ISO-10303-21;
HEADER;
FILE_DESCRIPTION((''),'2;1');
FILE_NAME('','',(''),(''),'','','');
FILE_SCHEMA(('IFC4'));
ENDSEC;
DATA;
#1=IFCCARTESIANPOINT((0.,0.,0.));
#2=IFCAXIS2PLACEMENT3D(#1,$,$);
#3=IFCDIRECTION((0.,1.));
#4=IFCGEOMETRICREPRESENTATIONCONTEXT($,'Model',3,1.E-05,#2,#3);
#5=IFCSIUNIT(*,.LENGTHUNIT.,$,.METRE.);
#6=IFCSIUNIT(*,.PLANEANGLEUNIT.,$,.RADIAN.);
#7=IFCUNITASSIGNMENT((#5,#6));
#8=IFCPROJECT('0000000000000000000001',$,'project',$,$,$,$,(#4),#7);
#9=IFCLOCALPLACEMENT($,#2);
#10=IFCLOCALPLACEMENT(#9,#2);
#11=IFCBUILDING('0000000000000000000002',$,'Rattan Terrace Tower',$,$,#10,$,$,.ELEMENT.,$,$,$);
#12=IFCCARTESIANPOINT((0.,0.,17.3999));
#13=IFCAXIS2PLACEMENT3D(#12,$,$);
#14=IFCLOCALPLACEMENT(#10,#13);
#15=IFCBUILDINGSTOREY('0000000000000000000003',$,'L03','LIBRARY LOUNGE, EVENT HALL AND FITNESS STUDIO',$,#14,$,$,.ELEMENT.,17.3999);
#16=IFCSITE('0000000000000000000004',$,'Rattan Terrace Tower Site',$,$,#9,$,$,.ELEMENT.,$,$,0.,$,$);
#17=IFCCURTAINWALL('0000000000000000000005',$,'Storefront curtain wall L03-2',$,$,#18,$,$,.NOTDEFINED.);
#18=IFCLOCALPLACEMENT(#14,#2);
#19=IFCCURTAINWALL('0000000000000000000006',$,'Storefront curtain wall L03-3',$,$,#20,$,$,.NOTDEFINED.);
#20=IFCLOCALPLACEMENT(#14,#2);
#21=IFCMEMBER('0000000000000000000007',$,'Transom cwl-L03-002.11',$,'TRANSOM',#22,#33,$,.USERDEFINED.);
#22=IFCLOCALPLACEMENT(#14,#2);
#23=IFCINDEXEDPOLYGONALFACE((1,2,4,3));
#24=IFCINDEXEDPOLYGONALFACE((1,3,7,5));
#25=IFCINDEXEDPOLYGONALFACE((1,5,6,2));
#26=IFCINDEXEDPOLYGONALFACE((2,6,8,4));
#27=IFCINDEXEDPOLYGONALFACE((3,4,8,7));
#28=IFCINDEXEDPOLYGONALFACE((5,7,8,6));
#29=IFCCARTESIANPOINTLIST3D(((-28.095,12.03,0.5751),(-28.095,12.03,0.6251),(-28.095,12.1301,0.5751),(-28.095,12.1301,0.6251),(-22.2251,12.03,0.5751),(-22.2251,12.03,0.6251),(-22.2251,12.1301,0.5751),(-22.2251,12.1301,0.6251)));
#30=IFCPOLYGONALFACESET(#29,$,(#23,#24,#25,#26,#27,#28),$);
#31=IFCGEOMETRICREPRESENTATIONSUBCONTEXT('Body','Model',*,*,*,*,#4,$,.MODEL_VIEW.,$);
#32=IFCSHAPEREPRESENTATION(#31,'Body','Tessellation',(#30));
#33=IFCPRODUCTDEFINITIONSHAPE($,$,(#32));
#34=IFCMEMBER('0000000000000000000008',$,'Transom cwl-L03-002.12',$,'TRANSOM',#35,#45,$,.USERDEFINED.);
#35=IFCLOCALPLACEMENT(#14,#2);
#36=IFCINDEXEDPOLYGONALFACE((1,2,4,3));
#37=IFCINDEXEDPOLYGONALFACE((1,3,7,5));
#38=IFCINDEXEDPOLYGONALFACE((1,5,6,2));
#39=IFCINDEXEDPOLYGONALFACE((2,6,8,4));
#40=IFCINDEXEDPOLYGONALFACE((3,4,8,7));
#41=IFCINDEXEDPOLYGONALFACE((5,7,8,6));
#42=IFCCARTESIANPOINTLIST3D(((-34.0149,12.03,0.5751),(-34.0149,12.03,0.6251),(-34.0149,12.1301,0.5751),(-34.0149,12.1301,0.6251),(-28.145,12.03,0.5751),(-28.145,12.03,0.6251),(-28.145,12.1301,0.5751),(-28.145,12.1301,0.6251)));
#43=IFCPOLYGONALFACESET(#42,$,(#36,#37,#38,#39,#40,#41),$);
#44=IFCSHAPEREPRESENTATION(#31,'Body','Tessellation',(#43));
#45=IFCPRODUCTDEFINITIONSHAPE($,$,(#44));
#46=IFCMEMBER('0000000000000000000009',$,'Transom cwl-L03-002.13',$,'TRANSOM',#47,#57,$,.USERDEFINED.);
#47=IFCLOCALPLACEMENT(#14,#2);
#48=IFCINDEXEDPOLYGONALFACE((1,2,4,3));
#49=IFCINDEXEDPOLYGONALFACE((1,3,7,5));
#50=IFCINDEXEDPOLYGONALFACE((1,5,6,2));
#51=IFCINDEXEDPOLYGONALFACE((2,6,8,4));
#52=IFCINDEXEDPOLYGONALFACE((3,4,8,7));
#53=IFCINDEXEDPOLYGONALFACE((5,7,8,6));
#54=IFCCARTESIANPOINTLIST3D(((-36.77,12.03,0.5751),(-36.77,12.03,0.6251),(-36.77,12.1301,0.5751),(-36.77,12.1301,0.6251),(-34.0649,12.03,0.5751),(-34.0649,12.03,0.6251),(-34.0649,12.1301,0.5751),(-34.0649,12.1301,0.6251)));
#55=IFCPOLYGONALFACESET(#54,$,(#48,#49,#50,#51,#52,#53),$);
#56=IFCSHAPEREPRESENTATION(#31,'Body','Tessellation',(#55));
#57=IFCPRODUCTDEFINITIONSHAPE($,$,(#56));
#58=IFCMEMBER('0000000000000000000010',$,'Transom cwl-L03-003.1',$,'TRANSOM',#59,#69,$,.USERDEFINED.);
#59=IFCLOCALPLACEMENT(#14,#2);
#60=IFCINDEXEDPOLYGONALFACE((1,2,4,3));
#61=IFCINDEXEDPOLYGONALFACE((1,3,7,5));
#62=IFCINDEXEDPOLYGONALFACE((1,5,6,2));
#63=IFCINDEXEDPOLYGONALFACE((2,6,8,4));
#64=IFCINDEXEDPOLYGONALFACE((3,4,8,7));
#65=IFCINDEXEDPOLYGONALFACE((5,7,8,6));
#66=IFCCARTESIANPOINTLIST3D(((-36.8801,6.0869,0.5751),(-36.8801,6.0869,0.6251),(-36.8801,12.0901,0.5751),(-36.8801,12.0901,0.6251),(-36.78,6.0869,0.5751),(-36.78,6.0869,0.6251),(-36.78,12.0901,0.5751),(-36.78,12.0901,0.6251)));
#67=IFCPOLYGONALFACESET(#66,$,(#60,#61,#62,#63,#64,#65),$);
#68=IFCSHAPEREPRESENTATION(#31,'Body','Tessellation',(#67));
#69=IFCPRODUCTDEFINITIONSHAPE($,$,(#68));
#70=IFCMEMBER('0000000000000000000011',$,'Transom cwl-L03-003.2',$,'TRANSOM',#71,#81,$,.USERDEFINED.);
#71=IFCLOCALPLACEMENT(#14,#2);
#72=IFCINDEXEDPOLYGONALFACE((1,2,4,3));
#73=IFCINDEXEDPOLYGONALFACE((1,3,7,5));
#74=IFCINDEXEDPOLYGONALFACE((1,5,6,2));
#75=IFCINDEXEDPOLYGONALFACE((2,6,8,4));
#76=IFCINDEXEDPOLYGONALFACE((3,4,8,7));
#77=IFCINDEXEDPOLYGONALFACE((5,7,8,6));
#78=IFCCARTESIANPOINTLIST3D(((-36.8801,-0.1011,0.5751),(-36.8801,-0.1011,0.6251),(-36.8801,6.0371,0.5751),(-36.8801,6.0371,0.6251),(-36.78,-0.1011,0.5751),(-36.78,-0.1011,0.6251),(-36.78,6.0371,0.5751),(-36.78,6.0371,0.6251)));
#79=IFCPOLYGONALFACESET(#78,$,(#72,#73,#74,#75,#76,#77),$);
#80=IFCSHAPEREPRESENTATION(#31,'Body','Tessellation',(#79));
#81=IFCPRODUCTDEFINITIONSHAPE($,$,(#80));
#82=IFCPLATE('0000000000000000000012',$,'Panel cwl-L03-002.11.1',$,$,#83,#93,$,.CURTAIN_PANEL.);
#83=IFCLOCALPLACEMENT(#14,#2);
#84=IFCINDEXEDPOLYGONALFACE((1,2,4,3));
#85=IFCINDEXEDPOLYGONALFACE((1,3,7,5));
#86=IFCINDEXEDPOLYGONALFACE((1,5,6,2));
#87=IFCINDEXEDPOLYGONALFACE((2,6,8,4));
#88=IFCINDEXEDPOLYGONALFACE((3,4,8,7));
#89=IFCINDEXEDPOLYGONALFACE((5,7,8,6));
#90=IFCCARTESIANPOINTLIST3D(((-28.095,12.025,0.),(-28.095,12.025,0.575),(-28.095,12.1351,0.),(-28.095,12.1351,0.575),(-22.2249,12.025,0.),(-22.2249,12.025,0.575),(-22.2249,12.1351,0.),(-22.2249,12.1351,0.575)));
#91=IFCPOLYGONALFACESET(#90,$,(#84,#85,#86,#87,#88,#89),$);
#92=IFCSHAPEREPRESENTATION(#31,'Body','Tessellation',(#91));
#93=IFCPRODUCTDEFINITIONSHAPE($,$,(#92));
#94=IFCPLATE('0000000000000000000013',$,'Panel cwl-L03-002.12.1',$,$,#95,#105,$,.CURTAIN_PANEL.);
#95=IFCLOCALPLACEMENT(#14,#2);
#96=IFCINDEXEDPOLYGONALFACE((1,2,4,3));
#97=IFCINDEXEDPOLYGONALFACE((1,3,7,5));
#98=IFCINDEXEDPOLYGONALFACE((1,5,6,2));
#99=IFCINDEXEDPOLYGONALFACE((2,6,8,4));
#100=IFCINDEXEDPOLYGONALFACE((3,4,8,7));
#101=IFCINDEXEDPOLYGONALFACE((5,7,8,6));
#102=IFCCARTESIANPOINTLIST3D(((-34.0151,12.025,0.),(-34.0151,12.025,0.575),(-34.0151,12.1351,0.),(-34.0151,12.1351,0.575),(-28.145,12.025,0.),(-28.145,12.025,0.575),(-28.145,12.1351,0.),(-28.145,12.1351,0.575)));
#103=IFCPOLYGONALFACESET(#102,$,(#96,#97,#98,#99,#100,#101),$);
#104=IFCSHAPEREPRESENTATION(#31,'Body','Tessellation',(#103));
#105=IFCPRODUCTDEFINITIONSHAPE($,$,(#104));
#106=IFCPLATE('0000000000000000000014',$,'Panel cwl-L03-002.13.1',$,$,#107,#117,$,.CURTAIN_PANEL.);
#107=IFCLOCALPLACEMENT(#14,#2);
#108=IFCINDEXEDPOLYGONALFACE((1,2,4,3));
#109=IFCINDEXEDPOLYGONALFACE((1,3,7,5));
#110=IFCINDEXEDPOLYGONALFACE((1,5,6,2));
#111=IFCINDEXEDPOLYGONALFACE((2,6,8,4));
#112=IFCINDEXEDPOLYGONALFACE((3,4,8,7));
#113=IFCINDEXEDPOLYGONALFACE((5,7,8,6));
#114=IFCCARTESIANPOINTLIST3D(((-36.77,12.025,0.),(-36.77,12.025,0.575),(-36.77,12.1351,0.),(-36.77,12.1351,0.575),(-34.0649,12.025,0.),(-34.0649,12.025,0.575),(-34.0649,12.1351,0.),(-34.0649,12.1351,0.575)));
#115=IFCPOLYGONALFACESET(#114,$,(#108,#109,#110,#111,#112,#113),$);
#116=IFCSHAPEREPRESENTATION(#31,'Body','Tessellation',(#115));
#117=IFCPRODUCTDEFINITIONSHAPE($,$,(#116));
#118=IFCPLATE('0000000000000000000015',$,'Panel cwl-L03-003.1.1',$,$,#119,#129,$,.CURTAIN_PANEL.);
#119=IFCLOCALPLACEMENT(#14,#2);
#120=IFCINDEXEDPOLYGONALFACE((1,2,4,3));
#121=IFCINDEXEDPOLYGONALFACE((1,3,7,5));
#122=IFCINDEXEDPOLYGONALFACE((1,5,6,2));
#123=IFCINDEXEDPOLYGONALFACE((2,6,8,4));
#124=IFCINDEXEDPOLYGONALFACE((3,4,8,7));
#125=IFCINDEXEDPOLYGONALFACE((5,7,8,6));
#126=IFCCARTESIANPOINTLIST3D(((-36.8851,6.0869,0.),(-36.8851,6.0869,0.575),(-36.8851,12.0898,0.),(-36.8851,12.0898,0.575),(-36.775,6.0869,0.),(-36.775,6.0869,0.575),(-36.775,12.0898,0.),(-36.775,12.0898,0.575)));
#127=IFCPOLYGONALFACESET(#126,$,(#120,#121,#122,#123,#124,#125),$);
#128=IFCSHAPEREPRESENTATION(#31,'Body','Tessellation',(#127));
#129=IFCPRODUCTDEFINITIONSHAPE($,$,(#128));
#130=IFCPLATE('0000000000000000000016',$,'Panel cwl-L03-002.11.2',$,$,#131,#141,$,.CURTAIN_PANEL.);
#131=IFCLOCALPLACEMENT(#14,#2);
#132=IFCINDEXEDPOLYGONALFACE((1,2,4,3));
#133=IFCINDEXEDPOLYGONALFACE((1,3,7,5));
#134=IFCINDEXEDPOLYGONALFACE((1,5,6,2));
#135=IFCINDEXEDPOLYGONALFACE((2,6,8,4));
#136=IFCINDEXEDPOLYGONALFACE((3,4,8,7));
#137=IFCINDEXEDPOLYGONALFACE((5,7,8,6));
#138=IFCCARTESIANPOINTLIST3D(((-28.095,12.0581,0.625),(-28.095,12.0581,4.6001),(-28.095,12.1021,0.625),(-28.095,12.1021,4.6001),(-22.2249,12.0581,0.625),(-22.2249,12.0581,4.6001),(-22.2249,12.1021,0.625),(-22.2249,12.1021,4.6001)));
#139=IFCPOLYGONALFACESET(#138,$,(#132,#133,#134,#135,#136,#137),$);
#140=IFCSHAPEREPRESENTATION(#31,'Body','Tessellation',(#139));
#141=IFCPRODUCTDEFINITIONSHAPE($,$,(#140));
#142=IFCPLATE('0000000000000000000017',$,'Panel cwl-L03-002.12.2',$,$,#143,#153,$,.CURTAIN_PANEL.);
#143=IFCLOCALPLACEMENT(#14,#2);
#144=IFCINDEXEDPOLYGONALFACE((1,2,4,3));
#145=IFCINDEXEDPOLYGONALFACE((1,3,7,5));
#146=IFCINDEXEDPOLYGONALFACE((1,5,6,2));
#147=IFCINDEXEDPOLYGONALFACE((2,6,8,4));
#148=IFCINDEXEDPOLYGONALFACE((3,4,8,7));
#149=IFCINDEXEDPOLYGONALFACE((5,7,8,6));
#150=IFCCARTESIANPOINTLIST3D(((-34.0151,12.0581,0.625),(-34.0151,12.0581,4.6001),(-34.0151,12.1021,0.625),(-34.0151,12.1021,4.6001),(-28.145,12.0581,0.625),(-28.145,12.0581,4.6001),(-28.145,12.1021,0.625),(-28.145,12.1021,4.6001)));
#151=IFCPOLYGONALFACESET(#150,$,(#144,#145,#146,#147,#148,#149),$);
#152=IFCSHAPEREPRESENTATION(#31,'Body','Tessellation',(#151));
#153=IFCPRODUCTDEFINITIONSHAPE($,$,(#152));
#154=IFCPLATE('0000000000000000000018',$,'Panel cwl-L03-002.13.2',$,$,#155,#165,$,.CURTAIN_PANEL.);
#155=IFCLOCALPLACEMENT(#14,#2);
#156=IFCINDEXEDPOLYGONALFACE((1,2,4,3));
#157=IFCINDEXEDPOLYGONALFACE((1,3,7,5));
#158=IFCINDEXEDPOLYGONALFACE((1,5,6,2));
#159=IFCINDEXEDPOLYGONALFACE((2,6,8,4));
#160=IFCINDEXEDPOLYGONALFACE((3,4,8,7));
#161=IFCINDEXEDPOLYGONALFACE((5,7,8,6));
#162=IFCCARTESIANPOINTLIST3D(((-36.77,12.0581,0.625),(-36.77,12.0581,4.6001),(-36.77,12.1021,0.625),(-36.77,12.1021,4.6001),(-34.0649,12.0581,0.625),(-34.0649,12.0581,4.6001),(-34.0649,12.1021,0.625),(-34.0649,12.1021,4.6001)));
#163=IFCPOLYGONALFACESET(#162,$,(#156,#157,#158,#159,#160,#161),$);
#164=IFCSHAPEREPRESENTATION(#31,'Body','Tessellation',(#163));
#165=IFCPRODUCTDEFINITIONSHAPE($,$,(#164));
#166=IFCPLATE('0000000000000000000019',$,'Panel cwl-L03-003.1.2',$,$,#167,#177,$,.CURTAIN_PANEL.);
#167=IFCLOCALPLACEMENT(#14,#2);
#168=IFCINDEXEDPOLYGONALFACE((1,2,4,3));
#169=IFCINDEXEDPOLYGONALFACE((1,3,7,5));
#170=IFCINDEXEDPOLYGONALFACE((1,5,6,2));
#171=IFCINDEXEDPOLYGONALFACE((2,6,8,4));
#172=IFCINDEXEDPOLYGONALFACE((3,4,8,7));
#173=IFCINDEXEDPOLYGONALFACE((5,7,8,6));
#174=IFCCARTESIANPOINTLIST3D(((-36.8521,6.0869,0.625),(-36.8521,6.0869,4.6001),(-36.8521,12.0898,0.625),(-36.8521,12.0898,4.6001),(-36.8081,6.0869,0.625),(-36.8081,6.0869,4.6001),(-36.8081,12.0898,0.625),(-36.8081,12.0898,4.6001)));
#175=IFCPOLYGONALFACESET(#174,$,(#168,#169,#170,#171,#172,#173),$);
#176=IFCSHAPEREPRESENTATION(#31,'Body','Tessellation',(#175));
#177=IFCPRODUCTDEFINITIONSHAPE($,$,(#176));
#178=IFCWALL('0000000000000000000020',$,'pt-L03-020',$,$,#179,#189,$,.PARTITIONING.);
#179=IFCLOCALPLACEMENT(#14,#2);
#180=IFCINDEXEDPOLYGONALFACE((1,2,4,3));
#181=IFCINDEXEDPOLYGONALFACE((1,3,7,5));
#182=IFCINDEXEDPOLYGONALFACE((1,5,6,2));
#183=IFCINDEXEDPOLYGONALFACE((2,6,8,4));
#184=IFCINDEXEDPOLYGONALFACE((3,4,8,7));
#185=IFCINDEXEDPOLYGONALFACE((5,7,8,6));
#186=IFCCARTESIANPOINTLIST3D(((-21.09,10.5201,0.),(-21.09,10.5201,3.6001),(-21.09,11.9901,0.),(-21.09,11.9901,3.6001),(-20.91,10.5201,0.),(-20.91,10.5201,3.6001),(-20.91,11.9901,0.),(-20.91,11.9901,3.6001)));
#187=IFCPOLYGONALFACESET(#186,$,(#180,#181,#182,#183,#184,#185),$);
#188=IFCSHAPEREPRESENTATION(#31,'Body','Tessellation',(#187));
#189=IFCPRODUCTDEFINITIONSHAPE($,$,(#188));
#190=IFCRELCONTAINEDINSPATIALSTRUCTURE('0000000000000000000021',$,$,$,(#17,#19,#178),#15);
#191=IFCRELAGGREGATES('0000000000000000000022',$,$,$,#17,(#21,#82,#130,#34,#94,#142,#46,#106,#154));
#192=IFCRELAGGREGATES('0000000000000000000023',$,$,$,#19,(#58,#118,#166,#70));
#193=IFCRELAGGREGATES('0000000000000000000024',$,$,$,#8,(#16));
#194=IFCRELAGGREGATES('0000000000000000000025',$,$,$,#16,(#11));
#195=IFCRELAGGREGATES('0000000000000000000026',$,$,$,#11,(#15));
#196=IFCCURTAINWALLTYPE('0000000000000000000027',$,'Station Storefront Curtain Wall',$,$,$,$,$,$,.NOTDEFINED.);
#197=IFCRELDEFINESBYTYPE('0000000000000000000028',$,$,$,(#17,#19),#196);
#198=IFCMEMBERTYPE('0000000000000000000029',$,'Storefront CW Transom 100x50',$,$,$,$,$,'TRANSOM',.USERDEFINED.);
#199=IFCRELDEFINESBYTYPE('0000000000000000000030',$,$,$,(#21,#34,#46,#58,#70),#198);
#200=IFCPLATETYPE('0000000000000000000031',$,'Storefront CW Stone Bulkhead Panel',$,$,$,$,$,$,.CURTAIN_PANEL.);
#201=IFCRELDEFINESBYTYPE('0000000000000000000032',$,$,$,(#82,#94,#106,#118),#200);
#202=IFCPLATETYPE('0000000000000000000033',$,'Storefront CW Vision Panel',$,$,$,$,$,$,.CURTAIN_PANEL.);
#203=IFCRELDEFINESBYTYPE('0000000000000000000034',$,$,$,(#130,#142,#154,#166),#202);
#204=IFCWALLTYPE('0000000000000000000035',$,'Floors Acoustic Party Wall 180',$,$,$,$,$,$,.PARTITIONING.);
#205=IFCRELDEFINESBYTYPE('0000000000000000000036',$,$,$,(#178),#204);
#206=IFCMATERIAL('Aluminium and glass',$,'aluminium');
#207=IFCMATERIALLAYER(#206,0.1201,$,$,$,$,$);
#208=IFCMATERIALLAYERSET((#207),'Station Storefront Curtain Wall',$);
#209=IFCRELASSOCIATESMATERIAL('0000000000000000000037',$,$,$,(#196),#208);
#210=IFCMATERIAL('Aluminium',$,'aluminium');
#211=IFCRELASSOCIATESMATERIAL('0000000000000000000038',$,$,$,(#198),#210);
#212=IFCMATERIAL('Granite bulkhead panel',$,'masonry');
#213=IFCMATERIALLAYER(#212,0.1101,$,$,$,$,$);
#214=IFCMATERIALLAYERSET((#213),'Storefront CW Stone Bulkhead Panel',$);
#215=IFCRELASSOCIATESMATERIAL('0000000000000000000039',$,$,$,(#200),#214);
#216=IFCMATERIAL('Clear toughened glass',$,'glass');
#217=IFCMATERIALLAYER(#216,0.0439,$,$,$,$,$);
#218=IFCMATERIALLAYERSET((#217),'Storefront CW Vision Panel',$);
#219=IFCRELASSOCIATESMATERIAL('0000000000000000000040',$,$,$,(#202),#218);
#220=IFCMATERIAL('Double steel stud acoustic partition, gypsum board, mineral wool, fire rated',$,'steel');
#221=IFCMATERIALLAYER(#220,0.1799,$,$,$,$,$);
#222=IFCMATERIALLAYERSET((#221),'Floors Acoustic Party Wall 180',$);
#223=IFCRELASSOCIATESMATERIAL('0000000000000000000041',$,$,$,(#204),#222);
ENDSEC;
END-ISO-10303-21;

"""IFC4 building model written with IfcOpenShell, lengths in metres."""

from ifc_helpers import new_model, si_unit, direction, frame, frame_2d, origin, origin_2d, place, context, subcontext, project, spatial, rectangle, extrude, material, layer, layer_set, material_profile, profile_set, type_object, element, aggregate, save


model = new_model("IFC4")

# Units and contexts
model_context = context("Model", 3, precision=1e-05, world=origin(), true_north=direction((0.0, 1.0)))
body_context = subcontext(model_context, "Body", "Model", "MODEL_VIEW")
ifc_project = project(units=[si_unit("LENGTHUNIT", "METRE"), si_unit("PLANEANGLEUNIT", "RADIAN")], contexts=[model_context])

# Site, building, storey
site_placement = place(None, origin())
site = spatial("IfcSite", under=ifc_project, at=site_placement, Name="Rattan Terrace Tower Site", CompositionType="ELEMENT", RefElevation=0.0)
building_placement = place(site_placement, origin())
building = spatial("IfcBuilding", under=site, at=building_placement, Name="Rattan Terrace Tower", CompositionType="ELEMENT")
storey_placement = place(building_placement, frame((0.0, 0.0, 17.3999)))
storey = spatial("IfcBuildingStorey", under=building, at=storey_placement, Name="L03", Description="LIBRARY LOUNGE, EVENT HALL AND FITNESS STUDIO", CompositionType="ELEMENT", Elevation=17.3999)

# Curtain walls
ifc_material_1 = material(Name="Aluminium and glass", Category="aluminium")
ifc_layer_1 = layer(ifc_material_1, 0.1201)
ifc_layer_set_1 = layer_set([ifc_layer_1], Name="Station Storefront Curtain Wall")
curtain_wall_type = type_object("IfcCurtainWallType", Name="Station Storefront Curtain Wall", PredefinedType="NOTDEFINED", material=ifc_layer_set_1)
curtain_wall_1_placement = place(storey_placement, origin())
curtain_wall_1 = element("IfcCurtainWall", 1, at=curtain_wall_1_placement, inside=storey, type_object=curtain_wall_type, Name="Storefront curtain wall L03-2", PredefinedType="NOTDEFINED")
curtain_wall_2_placement = place(storey_placement, origin())
curtain_wall_2 = element("IfcCurtainWall", 2, at=curtain_wall_2_placement, inside=storey, type_object=curtain_wall_type, Name="Storefront curtain wall L03-3", PredefinedType="NOTDEFINED")

# Members
ifc_material_2 = material(Name="Aluminium", Category="aluminium")
ifc_material_profile_1 = material_profile(ifc_material_2, rectangle(XDim=0.1001, YDim=0.05, at=origin_2d()), Name="Aluminium 100x50")
ifc_profile_set_1 = profile_set([ifc_material_profile_1], Name="Aluminium")
member_type_1 = type_object("IfcMemberType", Name="Storefront CW Transom 100x50", ElementType="TRANSOM", PredefinedType="USERDEFINED", material=ifc_profile_set_1)
member_1_placement = place(storey_placement, frame((-22.2251, 12.0801, 0.6001), z_axis=(-1.0, 0.0, 0.0), x_axis=(0.0, -1.0, 0.0)))
member_1 = element("IfcMember", 3, at=member_1_placement, type_object=member_type_1, Name="Transom cwl-L03-002.11", ObjectType="TRANSOM", PredefinedType="USERDEFINED", context=body_context, shape_type="SweptSolid", body=[
    extrude(rectangle(XDim=0.1001, YDim=0.05, at=origin_2d()), origin(), (0.0, 0.0, 1.0), 5.8699),
])
member_2_placement = place(storey_placement, frame((-28.145, 12.0801, 0.6001), z_axis=(-1.0, 0.0, 0.0), x_axis=(0.0, -1.0, 0.0)))
member_2 = element("IfcMember", 4, at=member_2_placement, type_object=member_type_1, Name="Transom cwl-L03-002.12", ObjectType="TRANSOM", PredefinedType="USERDEFINED", context=body_context, shape_type="SweptSolid", body=[
    extrude(rectangle(XDim=0.1001, YDim=0.05, at=origin_2d()), origin(), (0.0, 0.0, 1.0), 5.8699),
])
member_3_placement = place(storey_placement, frame((-34.0649, 12.0801, 0.6001), z_axis=(-1.0, 0.0, 0.0), x_axis=(0.0, -1.0, 0.0)))
member_3 = element("IfcMember", 5, at=member_3_placement, type_object=member_type_1, Name="Transom cwl-L03-002.13", ObjectType="TRANSOM", PredefinedType="USERDEFINED", context=body_context, shape_type="SweptSolid", body=[
    extrude(rectangle(XDim=0.1001, YDim=0.05, at=origin_2d()), origin(), (0.0, 0.0, 1.0), 2.7051),
])
member_4_placement = place(storey_placement, frame((-36.8301, 12.0901, 0.6001), z_axis=(0.0, -1.0, 0.0), x_axis=(1.0, 0.0, 0.0)))
member_4 = element("IfcMember", 6, at=member_4_placement, type_object=member_type_1, Name="Transom cwl-L03-003.1", ObjectType="TRANSOM", PredefinedType="USERDEFINED", context=body_context, shape_type="SweptSolid", body=[
    extrude(rectangle(XDim=0.1001, YDim=0.05, at=origin_2d()), origin(), (0.0, 0.0, 1.0), 6.0032),
])
member_5_placement = place(storey_placement, frame((-36.8301, 6.0371, 0.6001), z_axis=(0.0, -1.0, 0.0), x_axis=(1.0, 0.0, 0.0)))
member_5 = element("IfcMember", 7, at=member_5_placement, type_object=member_type_1, Name="Transom cwl-L03-003.2", ObjectType="TRANSOM", PredefinedType="USERDEFINED", context=body_context, shape_type="SweptSolid", body=[
    extrude(rectangle(XDim=0.1001, YDim=0.05, at=origin_2d()), origin(), (0.0, 0.0, 1.0), 6.1382),
])

# Plates
ifc_material_3 = material(Name="Granite bulkhead panel", Category="masonry")
ifc_layer_2 = layer(ifc_material_3, 0.1101)
ifc_layer_set_2 = layer_set([ifc_layer_2], Name="Storefront CW Stone Bulkhead Panel")
plate_type_1 = type_object("IfcPlateType", Name="Storefront CW Stone Bulkhead Panel", PredefinedType="CURTAIN_PANEL", material=ifc_layer_set_2)
plate_1_placement = place(storey_placement, frame((-25.1599, 12.0801, 0.0), z_axis=(0.0, 0.0, 1.0), x_axis=(-1.0, 0.0, 0.0)))
plate_1 = element("IfcPlate", 8, at=plate_1_placement, type_object=plate_type_1, Name="Panel cwl-L03-002.11.1", PredefinedType="CURTAIN_PANEL", context=body_context, shape_type="SweptSolid", body=[
    extrude(rectangle(XDim=5.8701, YDim=0.1101, at=origin_2d()), origin(), (0.0, 0.0, 1.0), 0.575),
])
plate_2_placement = place(storey_placement, frame((-31.0801, 12.0801, 0.0), z_axis=(0.0, 0.0, 1.0), x_axis=(-1.0, 0.0, 0.0)))
plate_2 = element("IfcPlate", 9, at=plate_2_placement, type_object=plate_type_1, Name="Panel cwl-L03-002.12.1", PredefinedType="CURTAIN_PANEL", context=body_context, shape_type="SweptSolid", body=[
    extrude(rectangle(XDim=5.8701, YDim=0.1101, at=origin_2d()), origin(), (0.0, 0.0, 1.0), 0.575),
])
plate_3_placement = place(storey_placement, frame((-35.4175, 12.0801, 0.0), z_axis=(0.0, 0.0, 1.0), x_axis=(-1.0, 0.0, 0.0)))
plate_3 = element("IfcPlate", 10, at=plate_3_placement, type_object=plate_type_1, Name="Panel cwl-L03-002.13.1", PredefinedType="CURTAIN_PANEL", context=body_context, shape_type="SweptSolid", body=[
    extrude(rectangle(XDim=2.7051, YDim=0.1101, at=origin_2d()), origin(), (0.0, 0.0, 1.0), 0.575),
])
plate_4_placement = place(storey_placement, frame((-36.8301, 9.0884, 0.0), z_axis=(0.0, 0.0, 1.0), x_axis=(0.0, -1.0, 0.0)))
plate_4 = element("IfcPlate", 11, at=plate_4_placement, type_object=plate_type_1, Name="Panel cwl-L03-003.1.1", PredefinedType="CURTAIN_PANEL", context=body_context, shape_type="SweptSolid", body=[
    extrude(rectangle(XDim=6.0029, YDim=0.1101, at=origin_2d()), origin(), (0.0, 0.0, 1.0), 0.575),
])
ifc_material_4 = material(Name="Clear toughened glass", Category="glass")
ifc_layer_3 = layer(ifc_material_4, 0.0439)
ifc_layer_set_3 = layer_set([ifc_layer_3], Name="Storefront CW Vision Panel")
plate_type_2 = type_object("IfcPlateType", Name="Storefront CW Vision Panel", PredefinedType="CURTAIN_PANEL", material=ifc_layer_set_3)
plate_5_placement = place(storey_placement, frame((-25.1599, 12.0801, 0.625), z_axis=(0.0, 0.0, 1.0), x_axis=(-1.0, 0.0, 0.0)))
plate_5 = element("IfcPlate", 12, at=plate_5_placement, type_object=plate_type_2, Name="Panel cwl-L03-002.11.2", PredefinedType="CURTAIN_PANEL", context=body_context, shape_type="SweptSolid", body=[
    extrude(rectangle(XDim=5.8701, YDim=0.0439, at=origin_2d()), origin(), (0.0, 0.0, 1.0), 3.9751),
])
plate_6_placement = place(storey_placement, frame((-31.0801, 12.0801, 0.625), z_axis=(0.0, 0.0, 1.0), x_axis=(-1.0, 0.0, 0.0)))
plate_6 = element("IfcPlate", 13, at=plate_6_placement, type_object=plate_type_2, Name="Panel cwl-L03-002.12.2", PredefinedType="CURTAIN_PANEL", context=body_context, shape_type="SweptSolid", body=[
    extrude(rectangle(XDim=5.8701, YDim=0.0439, at=origin_2d()), origin(), (0.0, 0.0, 1.0), 3.9751),
])
plate_7_placement = place(storey_placement, frame((-35.4175, 12.0801, 0.625), z_axis=(0.0, 0.0, 1.0), x_axis=(-1.0, 0.0, 0.0)))
plate_7 = element("IfcPlate", 14, at=plate_7_placement, type_object=plate_type_2, Name="Panel cwl-L03-002.13.2", PredefinedType="CURTAIN_PANEL", context=body_context, shape_type="SweptSolid", body=[
    extrude(rectangle(XDim=2.7051, YDim=0.0439, at=origin_2d()), origin(), (0.0, 0.0, 1.0), 3.9751),
])
aggregate(curtain_wall_1, [member_1, plate_1, plate_5, member_2, plate_2, plate_6, member_3, plate_3, plate_7])
plate_8_placement = place(storey_placement, frame((-36.8301, 9.0884, 0.625), z_axis=(0.0, 0.0, 1.0), x_axis=(0.0, -1.0, 0.0)))
plate_8 = element("IfcPlate", 15, at=plate_8_placement, type_object=plate_type_2, Name="Panel cwl-L03-003.1.2", PredefinedType="CURTAIN_PANEL", context=body_context, shape_type="SweptSolid", body=[
    extrude(rectangle(XDim=6.0029, YDim=0.0439, at=origin_2d()), origin(), (0.0, 0.0, 1.0), 3.9751),
])
aggregate(curtain_wall_2, [member_4, plate_4, plate_8, member_5])

# Wall
ifc_material_5 = material(Name="Double steel stud acoustic partition, gypsum board, mineral wool, fire rated", Category="steel")
ifc_layer_4 = layer(ifc_material_5, 0.1799)
ifc_layer_set_4 = layer_set([ifc_layer_4], Name="Floors Acoustic Party Wall 180")
wall_type_1 = type_object("IfcWallType", Name="Floors Acoustic Party Wall 180", PredefinedType="PARTITIONING", material=ifc_layer_set_4)
wall_1_placement = place(storey_placement, frame((-21.0, 11.99, 0.0), z_axis=(0.0, 0.0, 1.0), x_axis=(0.0, -1.0, 0.0)))
element("IfcWall", 16, at=wall_1_placement, inside=storey, type_object=wall_type_1, Name="pt-L03-020", PredefinedType="PARTITIONING", context=body_context, shape_type="SweptSolid", body=[
    extrude(rectangle(XDim=1.47, YDim=0.1799, at=frame_2d((0.7349, 0.0))), origin(), (0.0, 0.0, 1.0), 3.6001),
])

save(model, "model.ifc")
